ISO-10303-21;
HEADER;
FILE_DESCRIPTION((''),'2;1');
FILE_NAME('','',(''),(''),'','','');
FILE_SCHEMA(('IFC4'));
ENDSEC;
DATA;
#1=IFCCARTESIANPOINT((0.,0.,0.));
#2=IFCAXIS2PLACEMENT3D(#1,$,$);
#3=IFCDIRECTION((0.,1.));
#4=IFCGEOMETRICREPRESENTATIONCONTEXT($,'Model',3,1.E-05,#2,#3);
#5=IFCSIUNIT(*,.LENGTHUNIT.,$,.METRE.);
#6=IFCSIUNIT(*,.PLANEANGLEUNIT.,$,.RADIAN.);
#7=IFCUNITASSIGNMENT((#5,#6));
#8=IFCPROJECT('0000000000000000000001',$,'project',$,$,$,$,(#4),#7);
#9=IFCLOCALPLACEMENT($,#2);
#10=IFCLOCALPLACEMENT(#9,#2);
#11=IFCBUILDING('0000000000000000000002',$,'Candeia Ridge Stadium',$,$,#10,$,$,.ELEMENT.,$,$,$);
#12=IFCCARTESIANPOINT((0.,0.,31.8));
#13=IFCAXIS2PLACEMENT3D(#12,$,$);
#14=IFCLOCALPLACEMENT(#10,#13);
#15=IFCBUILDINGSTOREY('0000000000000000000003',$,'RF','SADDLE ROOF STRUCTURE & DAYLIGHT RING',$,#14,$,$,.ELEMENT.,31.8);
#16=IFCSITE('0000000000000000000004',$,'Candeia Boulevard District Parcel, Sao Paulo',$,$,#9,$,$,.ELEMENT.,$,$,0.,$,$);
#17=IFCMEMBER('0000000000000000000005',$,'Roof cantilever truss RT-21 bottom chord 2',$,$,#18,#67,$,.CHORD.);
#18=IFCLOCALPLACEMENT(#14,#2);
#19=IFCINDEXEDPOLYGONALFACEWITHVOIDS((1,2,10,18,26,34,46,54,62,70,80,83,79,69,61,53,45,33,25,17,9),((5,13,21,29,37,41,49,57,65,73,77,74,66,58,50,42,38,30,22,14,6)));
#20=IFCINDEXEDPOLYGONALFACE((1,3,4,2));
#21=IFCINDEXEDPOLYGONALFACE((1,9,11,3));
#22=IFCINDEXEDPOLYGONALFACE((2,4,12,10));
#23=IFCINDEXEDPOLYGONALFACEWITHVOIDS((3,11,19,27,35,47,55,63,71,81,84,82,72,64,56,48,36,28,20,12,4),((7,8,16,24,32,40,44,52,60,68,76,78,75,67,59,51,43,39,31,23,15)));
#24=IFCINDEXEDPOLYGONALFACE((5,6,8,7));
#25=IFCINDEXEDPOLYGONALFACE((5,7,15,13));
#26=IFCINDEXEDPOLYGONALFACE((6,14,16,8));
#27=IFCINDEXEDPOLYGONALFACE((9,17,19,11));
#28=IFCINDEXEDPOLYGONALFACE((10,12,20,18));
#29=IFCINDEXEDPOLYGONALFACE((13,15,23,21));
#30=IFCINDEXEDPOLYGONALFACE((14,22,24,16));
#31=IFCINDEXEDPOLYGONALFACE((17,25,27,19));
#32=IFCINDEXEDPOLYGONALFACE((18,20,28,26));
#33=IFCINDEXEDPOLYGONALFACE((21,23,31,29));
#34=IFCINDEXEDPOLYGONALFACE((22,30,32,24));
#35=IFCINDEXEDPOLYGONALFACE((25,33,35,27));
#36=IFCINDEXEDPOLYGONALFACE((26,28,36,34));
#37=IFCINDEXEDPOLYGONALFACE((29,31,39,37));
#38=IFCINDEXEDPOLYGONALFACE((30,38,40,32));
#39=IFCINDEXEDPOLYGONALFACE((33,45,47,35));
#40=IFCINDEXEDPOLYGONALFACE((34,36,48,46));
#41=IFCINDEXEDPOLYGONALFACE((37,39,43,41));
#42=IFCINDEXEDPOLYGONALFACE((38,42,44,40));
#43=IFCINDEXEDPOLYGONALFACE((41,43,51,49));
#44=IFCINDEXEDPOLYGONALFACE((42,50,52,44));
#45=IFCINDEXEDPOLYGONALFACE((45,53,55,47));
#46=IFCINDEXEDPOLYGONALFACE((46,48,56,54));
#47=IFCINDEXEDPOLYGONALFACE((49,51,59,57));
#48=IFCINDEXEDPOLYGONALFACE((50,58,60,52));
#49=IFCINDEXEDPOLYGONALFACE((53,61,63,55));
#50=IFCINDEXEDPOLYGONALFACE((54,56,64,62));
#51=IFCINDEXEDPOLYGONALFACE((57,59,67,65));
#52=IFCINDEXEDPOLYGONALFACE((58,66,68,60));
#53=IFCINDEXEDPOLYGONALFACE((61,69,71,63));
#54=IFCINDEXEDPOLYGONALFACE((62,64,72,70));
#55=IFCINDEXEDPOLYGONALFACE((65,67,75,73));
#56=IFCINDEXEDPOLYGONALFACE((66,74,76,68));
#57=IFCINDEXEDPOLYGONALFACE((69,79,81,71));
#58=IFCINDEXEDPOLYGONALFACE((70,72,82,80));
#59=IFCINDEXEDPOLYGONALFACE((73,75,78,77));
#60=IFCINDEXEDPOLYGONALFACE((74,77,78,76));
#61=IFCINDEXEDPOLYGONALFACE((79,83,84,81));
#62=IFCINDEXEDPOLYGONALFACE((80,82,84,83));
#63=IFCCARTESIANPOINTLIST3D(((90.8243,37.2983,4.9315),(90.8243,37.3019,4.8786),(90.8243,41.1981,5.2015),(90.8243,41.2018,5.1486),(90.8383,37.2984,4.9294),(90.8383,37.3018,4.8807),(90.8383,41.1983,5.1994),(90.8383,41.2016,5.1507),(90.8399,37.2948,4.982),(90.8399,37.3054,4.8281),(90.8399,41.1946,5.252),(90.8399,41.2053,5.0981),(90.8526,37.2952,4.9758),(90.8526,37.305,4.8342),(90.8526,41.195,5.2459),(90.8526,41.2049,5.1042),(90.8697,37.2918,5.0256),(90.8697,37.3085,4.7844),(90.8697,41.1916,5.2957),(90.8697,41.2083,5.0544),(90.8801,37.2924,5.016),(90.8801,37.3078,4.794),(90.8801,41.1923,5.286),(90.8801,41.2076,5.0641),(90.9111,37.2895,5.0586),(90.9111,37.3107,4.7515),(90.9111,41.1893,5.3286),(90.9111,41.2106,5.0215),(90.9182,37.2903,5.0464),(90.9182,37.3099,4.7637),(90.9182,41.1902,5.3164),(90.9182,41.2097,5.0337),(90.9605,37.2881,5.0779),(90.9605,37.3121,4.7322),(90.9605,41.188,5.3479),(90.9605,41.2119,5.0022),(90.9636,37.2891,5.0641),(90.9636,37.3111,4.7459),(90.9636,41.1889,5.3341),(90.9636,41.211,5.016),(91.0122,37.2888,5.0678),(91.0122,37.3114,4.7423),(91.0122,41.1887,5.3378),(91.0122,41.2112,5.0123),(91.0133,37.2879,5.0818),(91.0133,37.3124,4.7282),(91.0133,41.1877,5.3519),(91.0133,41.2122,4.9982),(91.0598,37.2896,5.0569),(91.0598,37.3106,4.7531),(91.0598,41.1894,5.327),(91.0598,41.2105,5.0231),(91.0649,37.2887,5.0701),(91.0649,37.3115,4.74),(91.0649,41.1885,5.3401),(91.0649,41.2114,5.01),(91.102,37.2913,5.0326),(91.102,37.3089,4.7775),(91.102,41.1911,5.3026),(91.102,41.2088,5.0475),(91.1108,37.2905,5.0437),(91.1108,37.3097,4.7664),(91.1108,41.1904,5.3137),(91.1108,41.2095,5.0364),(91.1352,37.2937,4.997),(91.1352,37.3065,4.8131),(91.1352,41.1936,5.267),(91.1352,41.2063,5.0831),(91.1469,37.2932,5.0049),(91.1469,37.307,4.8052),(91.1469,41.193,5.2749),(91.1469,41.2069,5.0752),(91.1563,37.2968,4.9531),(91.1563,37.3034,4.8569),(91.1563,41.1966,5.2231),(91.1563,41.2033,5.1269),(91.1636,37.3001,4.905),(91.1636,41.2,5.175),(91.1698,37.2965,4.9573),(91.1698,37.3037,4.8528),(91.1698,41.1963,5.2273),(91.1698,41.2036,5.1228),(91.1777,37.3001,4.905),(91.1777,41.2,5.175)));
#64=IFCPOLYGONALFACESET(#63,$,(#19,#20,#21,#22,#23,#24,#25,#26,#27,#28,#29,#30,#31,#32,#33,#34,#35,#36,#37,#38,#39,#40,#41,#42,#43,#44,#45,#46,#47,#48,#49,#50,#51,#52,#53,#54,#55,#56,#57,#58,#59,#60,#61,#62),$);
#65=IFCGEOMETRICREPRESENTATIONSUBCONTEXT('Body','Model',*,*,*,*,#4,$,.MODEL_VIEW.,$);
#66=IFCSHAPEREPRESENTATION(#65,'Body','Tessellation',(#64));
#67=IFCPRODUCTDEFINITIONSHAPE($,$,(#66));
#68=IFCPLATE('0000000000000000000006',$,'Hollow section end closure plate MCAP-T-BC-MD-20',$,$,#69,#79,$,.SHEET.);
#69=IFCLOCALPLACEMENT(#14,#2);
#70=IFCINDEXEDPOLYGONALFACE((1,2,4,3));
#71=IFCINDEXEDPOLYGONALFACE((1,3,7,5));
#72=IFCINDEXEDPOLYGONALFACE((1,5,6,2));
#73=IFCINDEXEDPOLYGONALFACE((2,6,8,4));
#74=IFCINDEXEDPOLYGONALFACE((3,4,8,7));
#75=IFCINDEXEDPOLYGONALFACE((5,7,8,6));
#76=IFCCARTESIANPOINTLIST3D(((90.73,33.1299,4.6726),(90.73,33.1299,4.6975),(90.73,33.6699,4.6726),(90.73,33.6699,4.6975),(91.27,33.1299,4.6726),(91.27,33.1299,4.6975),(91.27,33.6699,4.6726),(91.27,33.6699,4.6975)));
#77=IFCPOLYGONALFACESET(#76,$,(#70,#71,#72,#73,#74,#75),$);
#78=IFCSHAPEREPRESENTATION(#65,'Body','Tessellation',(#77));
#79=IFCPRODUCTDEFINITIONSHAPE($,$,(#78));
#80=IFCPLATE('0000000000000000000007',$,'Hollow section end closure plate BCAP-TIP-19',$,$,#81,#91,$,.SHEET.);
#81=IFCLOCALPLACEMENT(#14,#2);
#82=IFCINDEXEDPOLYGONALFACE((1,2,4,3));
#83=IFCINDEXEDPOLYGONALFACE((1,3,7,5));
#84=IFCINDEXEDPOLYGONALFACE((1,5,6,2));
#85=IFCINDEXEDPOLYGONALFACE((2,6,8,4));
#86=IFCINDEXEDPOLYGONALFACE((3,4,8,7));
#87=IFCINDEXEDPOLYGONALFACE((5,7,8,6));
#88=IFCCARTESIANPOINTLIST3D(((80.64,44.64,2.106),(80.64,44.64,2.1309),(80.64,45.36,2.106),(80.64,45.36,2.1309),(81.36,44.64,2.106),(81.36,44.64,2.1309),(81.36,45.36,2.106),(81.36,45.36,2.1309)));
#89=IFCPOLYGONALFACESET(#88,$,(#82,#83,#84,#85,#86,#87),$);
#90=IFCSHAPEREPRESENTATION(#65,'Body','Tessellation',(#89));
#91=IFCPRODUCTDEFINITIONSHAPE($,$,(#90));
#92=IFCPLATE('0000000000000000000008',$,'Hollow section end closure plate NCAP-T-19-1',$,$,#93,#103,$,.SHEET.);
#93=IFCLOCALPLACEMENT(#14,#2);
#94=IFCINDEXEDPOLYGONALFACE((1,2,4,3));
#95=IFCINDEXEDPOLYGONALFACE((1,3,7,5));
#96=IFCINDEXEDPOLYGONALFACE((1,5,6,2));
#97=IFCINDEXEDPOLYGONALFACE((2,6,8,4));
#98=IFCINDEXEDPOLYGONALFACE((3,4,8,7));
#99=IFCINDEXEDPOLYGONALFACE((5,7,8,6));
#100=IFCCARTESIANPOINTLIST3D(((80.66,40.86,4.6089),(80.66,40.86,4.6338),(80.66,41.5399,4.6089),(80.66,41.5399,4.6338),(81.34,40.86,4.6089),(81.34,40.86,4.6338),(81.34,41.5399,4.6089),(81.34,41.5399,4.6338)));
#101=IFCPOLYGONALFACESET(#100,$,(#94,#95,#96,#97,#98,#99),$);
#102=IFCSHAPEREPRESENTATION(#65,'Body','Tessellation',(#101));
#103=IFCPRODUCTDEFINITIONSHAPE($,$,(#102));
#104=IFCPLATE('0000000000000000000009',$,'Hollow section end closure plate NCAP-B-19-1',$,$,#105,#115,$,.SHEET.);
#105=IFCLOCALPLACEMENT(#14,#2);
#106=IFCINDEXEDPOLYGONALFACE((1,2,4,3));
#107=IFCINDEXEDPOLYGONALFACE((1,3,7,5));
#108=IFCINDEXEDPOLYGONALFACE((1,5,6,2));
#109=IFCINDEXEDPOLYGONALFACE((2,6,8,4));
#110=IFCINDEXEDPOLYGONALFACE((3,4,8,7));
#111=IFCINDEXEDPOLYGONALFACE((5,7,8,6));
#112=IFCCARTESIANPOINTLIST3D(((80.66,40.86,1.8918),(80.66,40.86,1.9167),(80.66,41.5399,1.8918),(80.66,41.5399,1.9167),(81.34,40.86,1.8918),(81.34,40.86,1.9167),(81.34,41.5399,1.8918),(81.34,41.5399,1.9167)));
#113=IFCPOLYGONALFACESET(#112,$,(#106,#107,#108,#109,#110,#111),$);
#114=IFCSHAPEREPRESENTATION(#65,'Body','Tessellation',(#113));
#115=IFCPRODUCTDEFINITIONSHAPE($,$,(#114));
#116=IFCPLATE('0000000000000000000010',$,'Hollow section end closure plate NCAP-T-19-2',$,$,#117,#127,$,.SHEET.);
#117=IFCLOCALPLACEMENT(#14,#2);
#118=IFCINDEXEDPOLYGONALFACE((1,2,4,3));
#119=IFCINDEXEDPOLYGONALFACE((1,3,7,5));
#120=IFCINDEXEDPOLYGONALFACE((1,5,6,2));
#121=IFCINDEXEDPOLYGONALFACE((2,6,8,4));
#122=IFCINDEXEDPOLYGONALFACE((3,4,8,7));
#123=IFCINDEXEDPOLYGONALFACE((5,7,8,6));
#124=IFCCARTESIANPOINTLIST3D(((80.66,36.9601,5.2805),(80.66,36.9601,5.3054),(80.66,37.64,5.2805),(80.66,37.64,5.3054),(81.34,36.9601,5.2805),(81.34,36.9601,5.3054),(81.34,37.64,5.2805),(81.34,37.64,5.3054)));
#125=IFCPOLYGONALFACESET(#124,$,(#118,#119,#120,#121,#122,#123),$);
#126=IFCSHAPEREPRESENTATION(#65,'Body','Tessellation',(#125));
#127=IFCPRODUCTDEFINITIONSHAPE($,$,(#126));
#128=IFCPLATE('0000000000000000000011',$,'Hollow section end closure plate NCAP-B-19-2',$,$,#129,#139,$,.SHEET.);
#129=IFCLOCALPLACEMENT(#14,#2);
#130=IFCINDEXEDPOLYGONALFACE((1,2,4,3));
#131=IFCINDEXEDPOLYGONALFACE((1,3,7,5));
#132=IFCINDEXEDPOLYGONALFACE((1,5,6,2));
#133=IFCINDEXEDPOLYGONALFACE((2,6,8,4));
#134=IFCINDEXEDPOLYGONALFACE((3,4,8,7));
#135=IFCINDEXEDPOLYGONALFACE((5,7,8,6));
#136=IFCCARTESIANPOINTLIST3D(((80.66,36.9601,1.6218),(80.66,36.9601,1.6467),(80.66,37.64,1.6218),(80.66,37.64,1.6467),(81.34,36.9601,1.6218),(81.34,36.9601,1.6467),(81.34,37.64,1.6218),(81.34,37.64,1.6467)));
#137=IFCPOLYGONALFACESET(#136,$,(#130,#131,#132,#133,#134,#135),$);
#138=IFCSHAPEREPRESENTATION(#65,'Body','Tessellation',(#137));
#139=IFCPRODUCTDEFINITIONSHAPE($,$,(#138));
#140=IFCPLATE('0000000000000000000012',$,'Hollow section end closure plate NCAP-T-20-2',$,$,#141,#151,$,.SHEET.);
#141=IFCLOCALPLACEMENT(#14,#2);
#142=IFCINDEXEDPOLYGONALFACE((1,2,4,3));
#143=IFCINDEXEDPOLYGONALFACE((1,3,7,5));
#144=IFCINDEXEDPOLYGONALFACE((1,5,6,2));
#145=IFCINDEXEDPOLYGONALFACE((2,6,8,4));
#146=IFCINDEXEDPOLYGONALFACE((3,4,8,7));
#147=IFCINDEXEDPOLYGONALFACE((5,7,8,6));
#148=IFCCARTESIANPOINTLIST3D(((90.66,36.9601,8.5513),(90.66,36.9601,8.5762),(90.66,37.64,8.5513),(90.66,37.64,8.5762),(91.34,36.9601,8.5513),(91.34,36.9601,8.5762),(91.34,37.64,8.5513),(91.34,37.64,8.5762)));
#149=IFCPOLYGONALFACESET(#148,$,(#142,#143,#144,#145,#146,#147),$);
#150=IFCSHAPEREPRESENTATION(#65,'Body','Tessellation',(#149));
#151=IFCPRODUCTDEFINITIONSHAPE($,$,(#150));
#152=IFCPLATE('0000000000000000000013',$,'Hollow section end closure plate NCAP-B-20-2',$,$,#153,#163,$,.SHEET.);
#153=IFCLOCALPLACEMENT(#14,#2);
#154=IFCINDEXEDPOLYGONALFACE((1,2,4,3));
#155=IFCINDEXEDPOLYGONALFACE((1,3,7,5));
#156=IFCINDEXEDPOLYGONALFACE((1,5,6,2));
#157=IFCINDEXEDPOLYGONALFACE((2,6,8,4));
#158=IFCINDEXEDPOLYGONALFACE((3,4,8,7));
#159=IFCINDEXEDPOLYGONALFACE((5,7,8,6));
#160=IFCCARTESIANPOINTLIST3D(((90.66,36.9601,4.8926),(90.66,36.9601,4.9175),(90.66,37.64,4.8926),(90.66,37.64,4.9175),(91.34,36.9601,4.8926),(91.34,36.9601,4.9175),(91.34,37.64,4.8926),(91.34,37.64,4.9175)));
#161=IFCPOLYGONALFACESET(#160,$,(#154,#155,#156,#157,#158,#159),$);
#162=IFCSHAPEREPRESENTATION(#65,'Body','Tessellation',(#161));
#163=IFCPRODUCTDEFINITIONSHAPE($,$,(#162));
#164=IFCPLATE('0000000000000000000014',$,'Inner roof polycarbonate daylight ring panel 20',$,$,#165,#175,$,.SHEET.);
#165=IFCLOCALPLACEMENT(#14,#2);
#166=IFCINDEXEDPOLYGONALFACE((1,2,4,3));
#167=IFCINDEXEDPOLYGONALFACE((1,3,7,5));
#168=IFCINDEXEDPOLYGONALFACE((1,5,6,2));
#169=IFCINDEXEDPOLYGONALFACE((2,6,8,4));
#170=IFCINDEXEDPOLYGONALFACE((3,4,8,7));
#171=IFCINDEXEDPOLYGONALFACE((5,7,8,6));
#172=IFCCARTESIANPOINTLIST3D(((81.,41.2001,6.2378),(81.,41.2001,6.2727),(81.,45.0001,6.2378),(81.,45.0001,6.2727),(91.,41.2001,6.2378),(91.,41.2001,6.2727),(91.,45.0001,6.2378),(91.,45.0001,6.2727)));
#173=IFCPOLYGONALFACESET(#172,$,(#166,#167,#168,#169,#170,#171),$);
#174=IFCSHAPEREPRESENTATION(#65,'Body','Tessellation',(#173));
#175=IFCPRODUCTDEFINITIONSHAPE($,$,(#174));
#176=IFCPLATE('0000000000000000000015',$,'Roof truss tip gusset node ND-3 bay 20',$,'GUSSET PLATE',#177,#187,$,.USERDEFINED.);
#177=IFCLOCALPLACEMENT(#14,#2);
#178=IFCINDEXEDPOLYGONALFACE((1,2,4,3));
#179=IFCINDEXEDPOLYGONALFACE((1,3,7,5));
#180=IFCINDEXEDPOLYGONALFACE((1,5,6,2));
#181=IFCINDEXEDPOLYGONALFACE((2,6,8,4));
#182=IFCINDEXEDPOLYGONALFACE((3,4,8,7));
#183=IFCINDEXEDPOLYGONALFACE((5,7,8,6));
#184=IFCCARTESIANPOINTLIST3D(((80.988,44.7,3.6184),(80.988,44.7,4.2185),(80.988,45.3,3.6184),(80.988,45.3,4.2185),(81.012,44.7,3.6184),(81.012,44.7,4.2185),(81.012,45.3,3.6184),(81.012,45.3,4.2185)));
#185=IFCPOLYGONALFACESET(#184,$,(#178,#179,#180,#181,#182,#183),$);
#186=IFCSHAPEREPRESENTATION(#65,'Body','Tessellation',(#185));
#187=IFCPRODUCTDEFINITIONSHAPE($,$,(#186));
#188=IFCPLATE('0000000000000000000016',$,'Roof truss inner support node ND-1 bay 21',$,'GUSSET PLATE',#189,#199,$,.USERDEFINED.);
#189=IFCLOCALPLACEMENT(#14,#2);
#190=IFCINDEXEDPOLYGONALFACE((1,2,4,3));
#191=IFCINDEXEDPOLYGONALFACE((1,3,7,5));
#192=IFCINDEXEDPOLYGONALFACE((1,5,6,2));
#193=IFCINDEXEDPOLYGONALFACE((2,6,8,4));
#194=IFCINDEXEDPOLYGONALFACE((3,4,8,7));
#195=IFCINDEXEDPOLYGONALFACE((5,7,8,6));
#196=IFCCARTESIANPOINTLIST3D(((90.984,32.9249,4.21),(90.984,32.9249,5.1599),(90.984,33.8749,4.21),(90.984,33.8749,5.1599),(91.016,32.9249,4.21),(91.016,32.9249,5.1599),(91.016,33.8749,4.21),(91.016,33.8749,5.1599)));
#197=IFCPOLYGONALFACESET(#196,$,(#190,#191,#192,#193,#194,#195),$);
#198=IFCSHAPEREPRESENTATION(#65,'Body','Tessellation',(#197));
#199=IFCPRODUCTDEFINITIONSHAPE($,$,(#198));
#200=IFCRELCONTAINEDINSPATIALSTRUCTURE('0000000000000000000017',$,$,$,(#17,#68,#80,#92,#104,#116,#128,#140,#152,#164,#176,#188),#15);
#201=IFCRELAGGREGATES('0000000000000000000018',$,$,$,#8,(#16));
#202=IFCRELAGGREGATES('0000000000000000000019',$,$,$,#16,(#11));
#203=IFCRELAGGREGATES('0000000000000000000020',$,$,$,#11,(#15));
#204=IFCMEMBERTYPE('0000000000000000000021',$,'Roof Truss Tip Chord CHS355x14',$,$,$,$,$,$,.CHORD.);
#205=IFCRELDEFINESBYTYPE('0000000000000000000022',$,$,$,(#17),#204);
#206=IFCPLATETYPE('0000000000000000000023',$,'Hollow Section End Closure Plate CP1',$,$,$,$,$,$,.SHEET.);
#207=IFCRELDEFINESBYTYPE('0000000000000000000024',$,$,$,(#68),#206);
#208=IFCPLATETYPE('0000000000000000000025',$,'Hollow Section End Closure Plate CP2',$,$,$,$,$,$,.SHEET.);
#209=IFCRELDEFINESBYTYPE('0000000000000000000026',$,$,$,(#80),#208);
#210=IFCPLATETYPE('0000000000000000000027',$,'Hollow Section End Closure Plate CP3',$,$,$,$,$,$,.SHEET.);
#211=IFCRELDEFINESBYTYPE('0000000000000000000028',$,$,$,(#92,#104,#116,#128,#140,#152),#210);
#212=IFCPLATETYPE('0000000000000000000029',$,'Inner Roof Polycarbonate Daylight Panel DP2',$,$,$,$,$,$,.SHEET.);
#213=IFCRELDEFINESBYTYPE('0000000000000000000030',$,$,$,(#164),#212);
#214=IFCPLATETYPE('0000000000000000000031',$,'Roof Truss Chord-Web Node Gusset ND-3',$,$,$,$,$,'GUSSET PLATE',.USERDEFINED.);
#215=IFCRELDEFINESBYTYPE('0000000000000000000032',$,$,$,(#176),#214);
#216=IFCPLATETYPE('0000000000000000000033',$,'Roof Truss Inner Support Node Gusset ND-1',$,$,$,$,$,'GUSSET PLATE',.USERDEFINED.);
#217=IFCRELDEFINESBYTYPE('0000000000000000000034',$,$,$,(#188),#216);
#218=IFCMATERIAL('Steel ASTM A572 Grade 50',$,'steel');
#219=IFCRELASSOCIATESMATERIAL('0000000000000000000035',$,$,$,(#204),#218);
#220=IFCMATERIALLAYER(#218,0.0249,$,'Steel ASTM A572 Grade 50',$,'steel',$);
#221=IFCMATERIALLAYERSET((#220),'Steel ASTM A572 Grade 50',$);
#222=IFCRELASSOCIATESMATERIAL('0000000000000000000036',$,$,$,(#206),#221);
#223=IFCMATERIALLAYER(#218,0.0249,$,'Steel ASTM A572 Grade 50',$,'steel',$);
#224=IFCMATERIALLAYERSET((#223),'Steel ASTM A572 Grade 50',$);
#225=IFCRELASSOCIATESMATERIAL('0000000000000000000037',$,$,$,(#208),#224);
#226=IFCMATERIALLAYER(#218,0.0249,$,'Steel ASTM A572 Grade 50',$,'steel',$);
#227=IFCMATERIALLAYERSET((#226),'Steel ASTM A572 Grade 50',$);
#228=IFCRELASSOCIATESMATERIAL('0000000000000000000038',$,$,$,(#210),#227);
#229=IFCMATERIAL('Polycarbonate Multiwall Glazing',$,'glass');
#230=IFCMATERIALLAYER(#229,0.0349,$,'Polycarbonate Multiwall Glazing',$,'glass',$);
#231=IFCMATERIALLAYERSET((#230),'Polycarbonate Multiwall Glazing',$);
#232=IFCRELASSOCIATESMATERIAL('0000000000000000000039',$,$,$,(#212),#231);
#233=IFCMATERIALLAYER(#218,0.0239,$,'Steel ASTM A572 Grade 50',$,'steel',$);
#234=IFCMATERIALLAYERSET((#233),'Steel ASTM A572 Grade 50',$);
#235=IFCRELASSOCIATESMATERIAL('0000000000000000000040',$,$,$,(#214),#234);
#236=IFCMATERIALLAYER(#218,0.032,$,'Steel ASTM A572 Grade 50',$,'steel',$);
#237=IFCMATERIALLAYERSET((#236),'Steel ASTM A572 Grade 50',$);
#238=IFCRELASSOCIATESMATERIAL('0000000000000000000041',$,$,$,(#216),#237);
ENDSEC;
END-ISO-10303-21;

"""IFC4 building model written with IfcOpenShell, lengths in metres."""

from ifc_helpers import new_model, si_unit, direction, frame, origin, origin_2d, place, context, subcontext, project, spatial, rectangle, hollow_circle, extrude, material, layer, layer_set, material_profile, profile_set, type_object, element, save


model = new_model("IFC4")

# Units and contexts
model_context = context("Model", 3, precision=1e-05, world=origin(), true_north=direction((0.0, 1.0)))
body_context = subcontext(model_context, "Body", "Model", "MODEL_VIEW")
ifc_project = project(units=[si_unit("LENGTHUNIT", "METRE"), si_unit("PLANEANGLEUNIT", "RADIAN")], contexts=[model_context])

# Site, building, storey
site_placement = place(None, origin())
site = spatial("IfcSite", under=ifc_project, at=site_placement, Name="Candeia Boulevard District Parcel, Sao Paulo", CompositionType="ELEMENT", RefElevation=0.0)
building_placement = place(site_placement, origin())
building = spatial("IfcBuilding", under=site, at=building_placement, Name="Candeia Ridge Stadium", CompositionType="ELEMENT")
storey_placement = place(building_placement, frame((0.0, 0.0, 31.8)))
storey = spatial("IfcBuildingStorey", under=building, at=storey_placement, Name="RF", Description="SADDLE ROOF STRUCTURE & DAYLIGHT RING", CompositionType="ELEMENT", Elevation=31.8)

# Shared definitions
ifc_material_1 = material(Name="Steel ASTM A572 Grade 50", Category="steel")

# Member
ifc_material_profile_1 = material_profile(ifc_material_1, hollow_circle(Radius=0.1777, WallThickness=0.0142, at=origin_2d()), Name="CHS355x14", Category="steel")
ifc_profile_set_1 = profile_set([ifc_material_profile_1], Name="Steel ASTM A572 Grade 50")
member_type_1 = type_object("IfcMemberType", Name="Roof Truss Tip Chord CHS355x14", PredefinedType="CHORD", material=ifc_profile_set_1)
member_1_placement = place(storey_placement, frame((91.0, 41.2, 5.175), z_axis=(0.0, -0.997612, -0.069072), x_axis=(1.0, 0.0, 0.0)))
element("IfcMember", 1, at=member_1_placement, inside=storey, type_object=member_type_1, Name="Roof cantilever truss RT-21 bottom chord 2", PredefinedType="CHORD", context=body_context, shape_type="SweptSolid", body=[
    extrude(hollow_circle(Radius=0.1777, WallThickness=0.0142, at=origin_2d()), origin(), (0.0, 0.0, 1.0), 3.9092),
])

# Plates
ifc_layer_1 = layer(ifc_material_1, 0.0249, Name="Steel ASTM A572 Grade 50", Category="steel")
ifc_layer_set_1 = layer_set([ifc_layer_1], Name="Steel ASTM A572 Grade 50")
plate_type_1 = type_object("IfcPlateType", Name="Hollow Section End Closure Plate CP1", PredefinedType="SHEET", material=ifc_layer_set_1)
plate_1_placement = place(storey_placement, frame((91.0, 33.3999, 4.6726), z_axis=(0.0, 0.0, 1.0), x_axis=(1.0, 0.0, 0.0)))
element("IfcPlate", 2, at=plate_1_placement, inside=storey, type_object=plate_type_1, Name="Hollow section end closure plate MCAP-T-BC-MD-20", PredefinedType="SHEET", context=body_context, shape_type="SweptSolid", body=[
    extrude(rectangle(XDim=0.54, YDim=0.54, at=origin_2d()), origin(), (0.0, 0.0, 1.0), 0.0249),
])
ifc_layer_2 = layer(ifc_material_1, 0.0249, Name="Steel ASTM A572 Grade 50", Category="steel")
ifc_layer_set_2 = layer_set([ifc_layer_2], Name="Steel ASTM A572 Grade 50")
plate_type_2 = type_object("IfcPlateType", Name="Hollow Section End Closure Plate CP2", PredefinedType="SHEET", material=ifc_layer_set_2)
plate_2_placement = place(storey_placement, frame((81.0, 45.0, 2.106), z_axis=(0.0, 0.0, 1.0), x_axis=(1.0, 0.0, 0.0)))
element("IfcPlate", 3, at=plate_2_placement, inside=storey, type_object=plate_type_2, Name="Hollow section end closure plate BCAP-TIP-19", PredefinedType="SHEET", context=body_context, shape_type="SweptSolid", body=[
    extrude(rectangle(XDim=0.72, YDim=0.72, at=origin_2d()), origin(), (0.0, 0.0, 1.0), 0.0249),
])
ifc_layer_3 = layer(ifc_material_1, 0.0249, Name="Steel ASTM A572 Grade 50", Category="steel")
ifc_layer_set_3 = layer_set([ifc_layer_3], Name="Steel ASTM A572 Grade 50")
plate_type_3 = type_object("IfcPlateType", Name="Hollow Section End Closure Plate CP3", PredefinedType="SHEET", material=ifc_layer_set_3)
for number, where, z_axis, x_axis, name in (
    (4, (81.0, 41.2, 4.6089), (0.0, 0.0, 1.0), (1.0, 0.0, 0.0), "Hollow section end closure plate NCAP-T-19-1"),
    (5, (81.0, 41.2, 1.8918), (0.0, 0.0, 1.0), (1.0, 0.0, 0.0), "Hollow section end closure plate NCAP-B-19-1"),
    (6, (81.0, 37.3, 5.2805), (0.0, 0.0, 1.0), (1.0, 0.0, 0.0), "Hollow section end closure plate NCAP-T-19-2"),
    (7, (81.0, 37.3, 1.6218), (0.0, 0.0, 1.0), (1.0, 0.0, 0.0), "Hollow section end closure plate NCAP-B-19-2"),
    (8, (91.0, 37.3, 8.5513), (0.0, 0.0, 1.0), (1.0, 0.0, 0.0), "Hollow section end closure plate NCAP-T-20-2"),
    (9, (91.0, 37.3, 4.8926), (0.0, 0.0, 1.0), (1.0, 0.0, 0.0), "Hollow section end closure plate NCAP-B-20-2"),
):
    element("IfcPlate", number, at=place(storey_placement, frame(where, z_axis=z_axis, x_axis=x_axis)), inside=storey, type_object=plate_type_3, Name=name, PredefinedType="SHEET", context=body_context, shape_type="SweptSolid", body=[
        extrude(rectangle(XDim=0.6799, YDim=0.6799, at=origin_2d()), origin(), (0.0, 0.0, 1.0), 0.0249),
    ])
ifc_material_2 = material(Name="Polycarbonate Multiwall Glazing", Category="glass")
ifc_layer_4 = layer(ifc_material_2, 0.0349, Name="Polycarbonate Multiwall Glazing", Category="glass")
ifc_layer_set_4 = layer_set([ifc_layer_4], Name="Polycarbonate Multiwall Glazing")
plate_type_4 = type_object("IfcPlateType", Name="Inner Roof Polycarbonate Daylight Panel DP2", PredefinedType="SHEET", material=ifc_layer_set_4)
plate_3_placement = place(storey_placement, frame((86.0, 43.1001, 6.2378), z_axis=(0.0, 0.0, 1.0), x_axis=(1.0, 0.0, 0.0)))
element("IfcPlate", 10, at=plate_3_placement, inside=storey, type_object=plate_type_4, Name="Inner roof polycarbonate daylight ring panel 20", PredefinedType="SHEET", context=body_context, shape_type="SweptSolid", body=[
    extrude(rectangle(XDim=10.0, YDim=3.8, at=origin_2d()), origin(), (0.0, 0.0, 1.0), 0.0349),
])
ifc_layer_5 = layer(ifc_material_1, 0.0239, Name="Steel ASTM A572 Grade 50", Category="steel")
ifc_layer_set_5 = layer_set([ifc_layer_5], Name="Steel ASTM A572 Grade 50")
plate_type_5 = type_object("IfcPlateType", Name="Roof Truss Chord-Web Node Gusset ND-3", ElementType="GUSSET PLATE", PredefinedType="USERDEFINED", material=ifc_layer_set_5)
plate_4_placement = place(storey_placement, frame((81.0, 45.0, 3.6184), z_axis=(0.0, 0.0, 1.0), x_axis=(0.0, -1.0, 0.0)))
element("IfcPlate", 11, at=plate_4_placement, inside=storey, type_object=plate_type_5, Name="Roof truss tip gusset node ND-3 bay 20", ObjectType="GUSSET PLATE", PredefinedType="USERDEFINED", context=body_context, shape_type="SweptSolid", body=[
    extrude(rectangle(XDim=0.6001, YDim=0.0239, at=origin_2d()), origin(), (0.0, 0.0, 1.0), 0.6001),
])
ifc_layer_6 = layer(ifc_material_1, 0.032, Name="Steel ASTM A572 Grade 50", Category="steel")
ifc_layer_set_6 = layer_set([ifc_layer_6], Name="Steel ASTM A572 Grade 50")
plate_type_6 = type_object("IfcPlateType", Name="Roof Truss Inner Support Node Gusset ND-1", ElementType="GUSSET PLATE", PredefinedType="USERDEFINED", material=ifc_layer_set_6)
plate_5_placement = place(storey_placement, frame((91.0, 33.3999, 4.21), z_axis=(0.0, 0.0, 1.0), x_axis=(0.0, -1.0, 0.0)))
element("IfcPlate", 12, at=plate_5_placement, inside=storey, type_object=plate_type_6, Name="Roof truss inner support node ND-1 bay 21", ObjectType="GUSSET PLATE", PredefinedType="USERDEFINED", context=body_context, shape_type="SweptSolid", body=[
    extrude(rectangle(XDim=0.95, YDim=0.032, at=origin_2d()), origin(), (0.0, 0.0, 1.0), 0.95),
])

save(model, "model.ifc")
